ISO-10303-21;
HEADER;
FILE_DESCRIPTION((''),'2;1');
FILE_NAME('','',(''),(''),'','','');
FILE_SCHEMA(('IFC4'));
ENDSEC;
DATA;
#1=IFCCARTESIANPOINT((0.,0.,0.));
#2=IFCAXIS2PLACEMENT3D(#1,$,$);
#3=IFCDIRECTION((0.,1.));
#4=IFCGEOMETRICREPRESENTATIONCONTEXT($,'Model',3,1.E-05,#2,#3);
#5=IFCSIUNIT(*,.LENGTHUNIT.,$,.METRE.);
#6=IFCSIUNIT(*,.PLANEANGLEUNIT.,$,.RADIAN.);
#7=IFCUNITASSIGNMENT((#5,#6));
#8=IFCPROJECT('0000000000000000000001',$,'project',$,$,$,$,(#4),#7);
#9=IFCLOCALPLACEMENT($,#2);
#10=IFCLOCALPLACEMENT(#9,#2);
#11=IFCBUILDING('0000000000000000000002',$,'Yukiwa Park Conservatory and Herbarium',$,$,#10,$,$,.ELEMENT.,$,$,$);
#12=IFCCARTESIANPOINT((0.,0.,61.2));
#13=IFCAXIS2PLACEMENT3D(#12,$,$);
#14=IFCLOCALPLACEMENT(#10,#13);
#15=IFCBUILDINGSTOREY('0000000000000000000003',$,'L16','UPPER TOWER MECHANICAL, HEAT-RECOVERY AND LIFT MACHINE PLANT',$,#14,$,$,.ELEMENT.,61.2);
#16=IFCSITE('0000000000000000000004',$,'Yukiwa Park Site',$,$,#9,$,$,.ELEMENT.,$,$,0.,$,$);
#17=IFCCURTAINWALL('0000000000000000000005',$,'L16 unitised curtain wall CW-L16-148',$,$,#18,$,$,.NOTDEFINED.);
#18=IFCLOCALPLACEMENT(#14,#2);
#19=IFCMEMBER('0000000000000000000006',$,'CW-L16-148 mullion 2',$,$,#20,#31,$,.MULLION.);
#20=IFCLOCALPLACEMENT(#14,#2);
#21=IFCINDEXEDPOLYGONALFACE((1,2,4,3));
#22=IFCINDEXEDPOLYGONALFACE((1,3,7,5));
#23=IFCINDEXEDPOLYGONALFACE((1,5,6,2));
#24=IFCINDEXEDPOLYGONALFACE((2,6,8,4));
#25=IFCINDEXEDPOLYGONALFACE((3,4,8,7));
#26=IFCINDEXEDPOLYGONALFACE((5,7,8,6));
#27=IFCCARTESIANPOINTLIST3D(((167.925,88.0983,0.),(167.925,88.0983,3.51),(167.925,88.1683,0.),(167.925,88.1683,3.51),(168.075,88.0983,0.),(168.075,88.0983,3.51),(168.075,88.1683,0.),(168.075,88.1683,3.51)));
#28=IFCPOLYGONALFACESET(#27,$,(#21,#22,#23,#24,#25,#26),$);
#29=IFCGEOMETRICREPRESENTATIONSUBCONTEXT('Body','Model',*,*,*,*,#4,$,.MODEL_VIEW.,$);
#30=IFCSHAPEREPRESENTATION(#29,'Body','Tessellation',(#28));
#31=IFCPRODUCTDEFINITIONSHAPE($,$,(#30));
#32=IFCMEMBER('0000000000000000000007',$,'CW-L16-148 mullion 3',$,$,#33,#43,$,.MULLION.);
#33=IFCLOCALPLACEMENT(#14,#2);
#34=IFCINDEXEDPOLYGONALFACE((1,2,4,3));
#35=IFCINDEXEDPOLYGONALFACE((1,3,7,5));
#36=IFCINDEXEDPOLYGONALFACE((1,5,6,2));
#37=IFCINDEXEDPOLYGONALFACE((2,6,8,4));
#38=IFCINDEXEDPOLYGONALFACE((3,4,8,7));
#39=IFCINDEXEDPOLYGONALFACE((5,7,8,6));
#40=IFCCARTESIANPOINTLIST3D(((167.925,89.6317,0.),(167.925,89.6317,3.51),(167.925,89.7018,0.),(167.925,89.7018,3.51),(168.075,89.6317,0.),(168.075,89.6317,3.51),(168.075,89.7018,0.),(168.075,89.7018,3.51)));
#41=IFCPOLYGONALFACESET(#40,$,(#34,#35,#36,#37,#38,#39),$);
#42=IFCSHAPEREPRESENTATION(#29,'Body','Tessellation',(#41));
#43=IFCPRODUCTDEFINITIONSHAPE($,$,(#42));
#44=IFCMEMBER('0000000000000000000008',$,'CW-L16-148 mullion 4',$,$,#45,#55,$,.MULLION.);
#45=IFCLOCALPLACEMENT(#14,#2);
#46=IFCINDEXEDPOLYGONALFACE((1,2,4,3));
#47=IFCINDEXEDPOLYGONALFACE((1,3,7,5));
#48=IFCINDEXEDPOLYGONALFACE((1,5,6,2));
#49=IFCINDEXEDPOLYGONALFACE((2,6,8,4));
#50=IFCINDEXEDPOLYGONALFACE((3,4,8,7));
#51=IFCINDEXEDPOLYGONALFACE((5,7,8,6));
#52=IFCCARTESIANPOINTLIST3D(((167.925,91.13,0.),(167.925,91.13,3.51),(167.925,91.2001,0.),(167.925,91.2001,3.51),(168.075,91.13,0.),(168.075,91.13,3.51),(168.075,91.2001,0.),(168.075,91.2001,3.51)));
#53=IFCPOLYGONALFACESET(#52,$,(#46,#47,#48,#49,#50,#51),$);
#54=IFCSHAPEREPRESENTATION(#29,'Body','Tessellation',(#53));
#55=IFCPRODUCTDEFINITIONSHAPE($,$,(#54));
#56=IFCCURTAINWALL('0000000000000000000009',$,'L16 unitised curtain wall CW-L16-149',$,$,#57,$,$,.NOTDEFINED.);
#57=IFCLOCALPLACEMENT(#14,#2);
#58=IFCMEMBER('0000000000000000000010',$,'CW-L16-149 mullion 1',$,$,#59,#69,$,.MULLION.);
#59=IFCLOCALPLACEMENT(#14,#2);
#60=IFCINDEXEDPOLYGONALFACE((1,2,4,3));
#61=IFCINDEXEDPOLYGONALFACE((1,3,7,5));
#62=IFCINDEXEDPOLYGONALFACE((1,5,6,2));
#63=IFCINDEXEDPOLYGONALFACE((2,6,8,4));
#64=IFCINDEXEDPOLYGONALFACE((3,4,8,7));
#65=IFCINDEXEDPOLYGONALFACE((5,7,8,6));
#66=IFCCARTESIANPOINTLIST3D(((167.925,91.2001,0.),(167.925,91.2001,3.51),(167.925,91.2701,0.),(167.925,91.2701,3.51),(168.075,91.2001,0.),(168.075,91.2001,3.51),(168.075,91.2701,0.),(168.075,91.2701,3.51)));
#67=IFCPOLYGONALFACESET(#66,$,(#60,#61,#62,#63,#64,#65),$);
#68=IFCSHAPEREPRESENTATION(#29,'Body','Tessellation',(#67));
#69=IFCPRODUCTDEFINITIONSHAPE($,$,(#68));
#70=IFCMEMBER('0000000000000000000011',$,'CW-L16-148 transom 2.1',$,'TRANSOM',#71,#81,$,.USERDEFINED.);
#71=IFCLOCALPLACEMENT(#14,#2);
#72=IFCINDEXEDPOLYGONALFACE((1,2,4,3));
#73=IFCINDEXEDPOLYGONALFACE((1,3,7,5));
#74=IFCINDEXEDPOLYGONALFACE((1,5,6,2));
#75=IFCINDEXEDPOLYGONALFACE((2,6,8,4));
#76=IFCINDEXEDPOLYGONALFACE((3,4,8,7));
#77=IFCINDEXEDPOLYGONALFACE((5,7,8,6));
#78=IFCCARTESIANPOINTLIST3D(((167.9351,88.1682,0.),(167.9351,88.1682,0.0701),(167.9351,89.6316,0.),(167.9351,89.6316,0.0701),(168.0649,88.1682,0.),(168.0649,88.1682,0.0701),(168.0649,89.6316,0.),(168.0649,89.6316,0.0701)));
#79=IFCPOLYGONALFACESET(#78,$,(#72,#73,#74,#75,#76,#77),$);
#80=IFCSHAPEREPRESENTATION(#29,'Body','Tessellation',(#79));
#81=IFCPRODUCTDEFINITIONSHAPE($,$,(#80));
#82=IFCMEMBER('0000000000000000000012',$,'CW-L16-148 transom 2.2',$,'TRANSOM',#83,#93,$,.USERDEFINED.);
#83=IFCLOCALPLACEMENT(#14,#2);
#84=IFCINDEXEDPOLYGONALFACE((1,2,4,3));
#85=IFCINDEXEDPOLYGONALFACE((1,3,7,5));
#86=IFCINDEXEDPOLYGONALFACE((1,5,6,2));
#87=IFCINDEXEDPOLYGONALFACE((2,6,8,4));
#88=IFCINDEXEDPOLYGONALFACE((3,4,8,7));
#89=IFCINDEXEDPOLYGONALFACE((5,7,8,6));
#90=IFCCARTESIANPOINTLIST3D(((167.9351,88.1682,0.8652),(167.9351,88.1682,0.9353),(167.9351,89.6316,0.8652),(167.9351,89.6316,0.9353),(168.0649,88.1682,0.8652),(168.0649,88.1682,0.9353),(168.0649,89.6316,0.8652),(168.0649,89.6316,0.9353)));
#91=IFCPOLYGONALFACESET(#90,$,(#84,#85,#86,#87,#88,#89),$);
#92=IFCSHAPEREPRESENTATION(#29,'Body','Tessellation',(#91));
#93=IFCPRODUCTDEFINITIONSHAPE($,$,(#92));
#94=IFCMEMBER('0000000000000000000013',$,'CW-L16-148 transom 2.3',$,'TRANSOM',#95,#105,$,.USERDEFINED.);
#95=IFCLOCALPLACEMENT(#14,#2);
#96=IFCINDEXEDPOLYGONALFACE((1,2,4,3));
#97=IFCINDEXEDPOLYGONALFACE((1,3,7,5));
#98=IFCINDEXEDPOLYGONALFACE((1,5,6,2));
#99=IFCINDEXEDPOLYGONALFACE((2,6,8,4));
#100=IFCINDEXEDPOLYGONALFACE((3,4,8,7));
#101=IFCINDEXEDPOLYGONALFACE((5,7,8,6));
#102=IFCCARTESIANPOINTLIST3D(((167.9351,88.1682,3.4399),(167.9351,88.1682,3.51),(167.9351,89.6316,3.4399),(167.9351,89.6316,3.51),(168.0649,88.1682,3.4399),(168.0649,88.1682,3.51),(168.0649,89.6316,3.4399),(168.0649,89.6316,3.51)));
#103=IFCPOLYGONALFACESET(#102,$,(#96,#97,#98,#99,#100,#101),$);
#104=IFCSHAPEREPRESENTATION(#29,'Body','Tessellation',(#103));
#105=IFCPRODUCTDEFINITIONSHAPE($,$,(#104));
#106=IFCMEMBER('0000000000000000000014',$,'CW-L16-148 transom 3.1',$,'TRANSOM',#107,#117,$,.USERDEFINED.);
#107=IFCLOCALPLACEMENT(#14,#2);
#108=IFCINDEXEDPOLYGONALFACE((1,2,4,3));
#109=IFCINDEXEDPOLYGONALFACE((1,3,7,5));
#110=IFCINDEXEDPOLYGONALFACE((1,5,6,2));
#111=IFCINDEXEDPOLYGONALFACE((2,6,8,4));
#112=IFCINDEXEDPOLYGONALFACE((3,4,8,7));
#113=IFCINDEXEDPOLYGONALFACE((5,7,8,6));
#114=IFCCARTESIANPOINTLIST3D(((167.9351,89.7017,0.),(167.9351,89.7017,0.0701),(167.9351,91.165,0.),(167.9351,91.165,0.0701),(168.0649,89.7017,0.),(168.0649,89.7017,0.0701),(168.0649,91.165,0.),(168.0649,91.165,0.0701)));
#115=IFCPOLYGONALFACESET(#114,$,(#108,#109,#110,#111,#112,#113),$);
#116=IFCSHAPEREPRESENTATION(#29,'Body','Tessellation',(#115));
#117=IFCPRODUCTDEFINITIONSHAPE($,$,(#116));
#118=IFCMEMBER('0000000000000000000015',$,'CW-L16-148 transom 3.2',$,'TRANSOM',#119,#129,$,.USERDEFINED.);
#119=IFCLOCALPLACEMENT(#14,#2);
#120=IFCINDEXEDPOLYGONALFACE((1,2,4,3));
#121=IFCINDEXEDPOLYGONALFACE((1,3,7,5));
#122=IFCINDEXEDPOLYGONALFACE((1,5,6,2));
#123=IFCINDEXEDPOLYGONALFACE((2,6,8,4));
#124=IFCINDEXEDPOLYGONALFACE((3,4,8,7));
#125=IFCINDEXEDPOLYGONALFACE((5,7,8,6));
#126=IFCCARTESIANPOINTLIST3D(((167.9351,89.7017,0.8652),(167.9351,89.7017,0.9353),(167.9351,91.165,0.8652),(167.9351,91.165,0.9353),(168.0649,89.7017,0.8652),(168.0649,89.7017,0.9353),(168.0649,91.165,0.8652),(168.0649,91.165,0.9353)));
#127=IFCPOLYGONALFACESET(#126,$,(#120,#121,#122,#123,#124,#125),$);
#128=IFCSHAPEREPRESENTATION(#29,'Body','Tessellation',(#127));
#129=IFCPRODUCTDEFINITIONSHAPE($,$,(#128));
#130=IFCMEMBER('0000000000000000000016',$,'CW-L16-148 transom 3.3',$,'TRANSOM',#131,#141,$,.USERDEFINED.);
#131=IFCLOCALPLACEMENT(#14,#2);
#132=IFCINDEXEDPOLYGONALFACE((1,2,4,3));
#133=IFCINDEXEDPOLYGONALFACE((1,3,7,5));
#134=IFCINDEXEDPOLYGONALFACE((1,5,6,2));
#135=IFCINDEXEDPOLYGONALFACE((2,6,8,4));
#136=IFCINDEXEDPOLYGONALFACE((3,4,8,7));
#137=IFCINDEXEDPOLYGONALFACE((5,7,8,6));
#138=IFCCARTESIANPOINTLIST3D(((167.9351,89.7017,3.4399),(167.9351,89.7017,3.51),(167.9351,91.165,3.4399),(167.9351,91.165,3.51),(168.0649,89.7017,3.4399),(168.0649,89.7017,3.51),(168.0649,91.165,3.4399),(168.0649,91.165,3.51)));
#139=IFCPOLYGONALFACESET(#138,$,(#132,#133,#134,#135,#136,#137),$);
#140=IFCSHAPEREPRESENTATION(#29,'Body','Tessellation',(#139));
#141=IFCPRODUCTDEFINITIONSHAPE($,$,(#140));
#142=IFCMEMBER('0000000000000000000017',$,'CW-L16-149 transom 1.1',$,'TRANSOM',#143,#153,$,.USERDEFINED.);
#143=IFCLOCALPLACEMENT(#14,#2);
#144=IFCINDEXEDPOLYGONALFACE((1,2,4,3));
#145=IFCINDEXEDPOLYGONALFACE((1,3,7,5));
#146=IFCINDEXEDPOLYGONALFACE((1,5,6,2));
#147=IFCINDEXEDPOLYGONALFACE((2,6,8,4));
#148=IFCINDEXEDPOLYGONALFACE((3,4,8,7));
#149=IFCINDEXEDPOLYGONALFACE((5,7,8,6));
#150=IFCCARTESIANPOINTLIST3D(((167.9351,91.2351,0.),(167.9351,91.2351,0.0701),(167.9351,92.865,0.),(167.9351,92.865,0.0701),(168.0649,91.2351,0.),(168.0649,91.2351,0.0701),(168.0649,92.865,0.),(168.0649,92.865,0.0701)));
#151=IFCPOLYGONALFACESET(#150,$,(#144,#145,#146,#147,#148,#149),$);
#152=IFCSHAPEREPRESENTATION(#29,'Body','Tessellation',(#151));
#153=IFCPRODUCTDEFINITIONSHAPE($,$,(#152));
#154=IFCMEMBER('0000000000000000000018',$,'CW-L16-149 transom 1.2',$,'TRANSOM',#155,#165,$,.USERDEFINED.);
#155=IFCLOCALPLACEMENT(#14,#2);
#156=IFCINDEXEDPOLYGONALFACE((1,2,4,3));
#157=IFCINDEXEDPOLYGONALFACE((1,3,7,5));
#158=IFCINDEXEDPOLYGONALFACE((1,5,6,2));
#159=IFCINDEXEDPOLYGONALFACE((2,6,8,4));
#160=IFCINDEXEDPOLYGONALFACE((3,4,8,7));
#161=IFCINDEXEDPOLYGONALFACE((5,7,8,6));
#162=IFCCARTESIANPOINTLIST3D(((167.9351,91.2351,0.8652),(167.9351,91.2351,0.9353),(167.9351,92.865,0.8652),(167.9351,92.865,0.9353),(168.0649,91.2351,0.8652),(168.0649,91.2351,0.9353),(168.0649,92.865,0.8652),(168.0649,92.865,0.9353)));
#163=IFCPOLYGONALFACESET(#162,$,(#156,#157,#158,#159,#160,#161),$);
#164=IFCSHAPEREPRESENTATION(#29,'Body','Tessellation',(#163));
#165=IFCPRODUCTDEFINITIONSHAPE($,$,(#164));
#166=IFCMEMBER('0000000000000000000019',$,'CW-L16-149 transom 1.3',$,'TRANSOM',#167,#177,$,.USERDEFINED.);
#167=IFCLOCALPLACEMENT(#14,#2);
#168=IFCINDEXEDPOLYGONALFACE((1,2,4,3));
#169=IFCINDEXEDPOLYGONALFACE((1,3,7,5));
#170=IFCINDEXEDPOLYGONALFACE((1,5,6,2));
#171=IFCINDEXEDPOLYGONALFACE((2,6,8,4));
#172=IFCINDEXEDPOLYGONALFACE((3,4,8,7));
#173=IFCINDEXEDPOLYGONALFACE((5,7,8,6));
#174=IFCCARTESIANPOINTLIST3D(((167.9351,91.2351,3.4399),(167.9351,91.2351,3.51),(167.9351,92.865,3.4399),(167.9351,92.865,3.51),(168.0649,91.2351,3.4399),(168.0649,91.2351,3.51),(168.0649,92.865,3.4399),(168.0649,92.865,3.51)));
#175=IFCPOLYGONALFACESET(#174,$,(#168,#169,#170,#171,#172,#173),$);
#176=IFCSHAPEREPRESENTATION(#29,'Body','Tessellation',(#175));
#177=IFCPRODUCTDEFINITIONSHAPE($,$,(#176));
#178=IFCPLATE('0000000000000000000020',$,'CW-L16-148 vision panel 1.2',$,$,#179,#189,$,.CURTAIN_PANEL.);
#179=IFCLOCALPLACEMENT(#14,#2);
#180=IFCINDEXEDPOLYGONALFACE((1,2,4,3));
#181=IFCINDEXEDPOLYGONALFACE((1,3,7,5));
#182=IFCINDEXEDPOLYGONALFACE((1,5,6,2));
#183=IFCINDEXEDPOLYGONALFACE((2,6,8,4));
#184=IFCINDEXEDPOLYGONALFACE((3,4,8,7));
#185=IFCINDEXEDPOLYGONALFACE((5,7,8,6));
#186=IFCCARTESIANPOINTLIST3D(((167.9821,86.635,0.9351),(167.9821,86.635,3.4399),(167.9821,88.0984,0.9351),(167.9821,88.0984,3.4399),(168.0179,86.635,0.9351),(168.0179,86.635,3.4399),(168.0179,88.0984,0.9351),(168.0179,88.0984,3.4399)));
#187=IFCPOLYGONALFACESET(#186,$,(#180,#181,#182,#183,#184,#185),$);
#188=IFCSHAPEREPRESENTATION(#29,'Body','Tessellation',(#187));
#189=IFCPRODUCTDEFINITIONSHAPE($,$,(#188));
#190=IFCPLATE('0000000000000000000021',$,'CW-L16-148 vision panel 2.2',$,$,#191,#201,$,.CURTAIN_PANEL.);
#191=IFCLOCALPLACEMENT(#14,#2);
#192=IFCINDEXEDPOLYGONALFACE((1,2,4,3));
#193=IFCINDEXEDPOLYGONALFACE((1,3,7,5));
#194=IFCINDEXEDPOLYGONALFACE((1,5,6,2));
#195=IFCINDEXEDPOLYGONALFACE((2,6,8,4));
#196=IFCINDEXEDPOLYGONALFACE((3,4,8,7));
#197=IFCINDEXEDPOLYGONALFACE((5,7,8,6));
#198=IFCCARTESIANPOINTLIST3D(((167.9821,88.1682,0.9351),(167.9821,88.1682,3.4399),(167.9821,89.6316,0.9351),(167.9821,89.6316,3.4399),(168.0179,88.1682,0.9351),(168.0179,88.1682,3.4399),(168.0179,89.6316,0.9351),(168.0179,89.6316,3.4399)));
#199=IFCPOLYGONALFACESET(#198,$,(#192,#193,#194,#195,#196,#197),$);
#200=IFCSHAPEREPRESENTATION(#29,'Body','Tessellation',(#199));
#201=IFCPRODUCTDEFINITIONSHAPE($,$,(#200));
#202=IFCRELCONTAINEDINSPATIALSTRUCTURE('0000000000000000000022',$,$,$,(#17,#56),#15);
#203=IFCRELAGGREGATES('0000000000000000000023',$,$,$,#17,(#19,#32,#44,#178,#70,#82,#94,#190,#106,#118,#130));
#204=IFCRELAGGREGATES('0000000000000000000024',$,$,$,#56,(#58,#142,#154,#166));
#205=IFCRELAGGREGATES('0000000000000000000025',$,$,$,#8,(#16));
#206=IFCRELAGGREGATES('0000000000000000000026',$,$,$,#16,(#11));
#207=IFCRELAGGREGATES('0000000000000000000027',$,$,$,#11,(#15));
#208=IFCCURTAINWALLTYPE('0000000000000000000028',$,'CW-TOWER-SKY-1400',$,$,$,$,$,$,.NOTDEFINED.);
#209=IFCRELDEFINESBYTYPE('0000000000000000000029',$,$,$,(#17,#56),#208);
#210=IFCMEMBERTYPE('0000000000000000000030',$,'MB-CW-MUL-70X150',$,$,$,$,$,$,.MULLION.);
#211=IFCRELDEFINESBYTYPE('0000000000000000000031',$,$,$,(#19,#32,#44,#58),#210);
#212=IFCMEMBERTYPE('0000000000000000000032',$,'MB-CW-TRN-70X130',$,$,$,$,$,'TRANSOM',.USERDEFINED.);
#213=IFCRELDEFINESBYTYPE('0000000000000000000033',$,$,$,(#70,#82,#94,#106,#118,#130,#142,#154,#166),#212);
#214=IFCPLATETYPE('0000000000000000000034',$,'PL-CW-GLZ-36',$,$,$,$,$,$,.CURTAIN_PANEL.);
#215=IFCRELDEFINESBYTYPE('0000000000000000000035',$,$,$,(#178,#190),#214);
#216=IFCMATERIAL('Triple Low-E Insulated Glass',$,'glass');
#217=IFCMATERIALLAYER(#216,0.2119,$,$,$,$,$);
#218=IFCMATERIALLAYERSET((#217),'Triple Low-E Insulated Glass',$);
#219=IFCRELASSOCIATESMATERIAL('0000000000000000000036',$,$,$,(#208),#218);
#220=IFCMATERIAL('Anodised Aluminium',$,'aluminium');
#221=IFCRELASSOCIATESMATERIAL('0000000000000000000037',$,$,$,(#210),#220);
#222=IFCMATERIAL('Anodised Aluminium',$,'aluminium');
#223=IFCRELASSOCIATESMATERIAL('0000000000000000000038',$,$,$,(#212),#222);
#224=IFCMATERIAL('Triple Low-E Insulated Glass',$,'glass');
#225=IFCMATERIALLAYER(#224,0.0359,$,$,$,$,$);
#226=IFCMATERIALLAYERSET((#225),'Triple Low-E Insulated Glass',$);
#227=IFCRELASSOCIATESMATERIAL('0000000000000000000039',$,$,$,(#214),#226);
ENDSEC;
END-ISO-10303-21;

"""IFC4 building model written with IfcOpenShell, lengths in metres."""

from ifc_helpers import new_model, si_unit, direction, frame, origin, origin_2d, place, context, subcontext, project, spatial, rectangle, extrude, material, layer, layer_set, type_object, element, aggregate, save


model = new_model("IFC4")

# Units and contexts
model_context = context("Model", 3, precision=1e-05, world=origin(), true_north=direction((0.0, 1.0)))
body_context = subcontext(model_context, "Body", "Model", "MODEL_VIEW")
ifc_project = project(units=[si_unit("LENGTHUNIT", "METRE"), si_unit("PLANEANGLEUNIT", "RADIAN")], contexts=[model_context])

# Site, building, storey
site_placement = place(None, origin())
site = spatial("IfcSite", under=ifc_project, at=site_placement, Name="Yukiwa Park Site", CompositionType="ELEMENT", RefElevation=0.0)
building_placement = place(site_placement, origin())
building = spatial("IfcBuilding", under=site, at=building_placement, Name="Yukiwa Park Conservatory and Herbarium", CompositionType="ELEMENT")
storey_placement = place(building_placement, frame((0.0, 0.0, 61.2)))
storey = spatial("IfcBuildingStorey", under=building, at=storey_placement, Name="L16", Description="UPPER TOWER MECHANICAL, HEAT-RECOVERY AND LIFT MACHINE PLANT", CompositionType="ELEMENT", Elevation=61.2)

# Curtain wall, members
ifc_material_1 = material(Name="Triple Low-E Insulated Glass", Category="glass")
ifc_layer_1 = layer(ifc_material_1, 0.2119)
ifc_layer_set_1 = layer_set([ifc_layer_1], Name="Triple Low-E Insulated Glass")
curtain_wall_type = type_object("IfcCurtainWallType", Name="CW-TOWER-SKY-1400", PredefinedType="NOTDEFINED", material=ifc_layer_set_1)
curtain_wall_1_placement = place(storey_placement, origin())
curtain_wall_1 = element("IfcCurtainWall", 1, at=curtain_wall_1_placement, inside=storey, type_object=curtain_wall_type, Name="L16 unitised curtain wall CW-L16-148", PredefinedType="NOTDEFINED")
ifc_material_2 = material(Name="Anodised Aluminium", Category="aluminium")
member_type_1 = type_object("IfcMemberType", Name="MB-CW-MUL-70X150", PredefinedType="MULLION", material=ifc_material_2)
member_1_placement = place(storey_placement, frame((168.0, 88.1333, 0.0), z_axis=(0.0, 0.0, 1.0), x_axis=(0.0, 1.0, 0.0)))
member_1 = element("IfcMember", 2, at=member_1_placement, type_object=member_type_1, Name="CW-L16-148 mullion 2", PredefinedType="MULLION", context=body_context, shape_type="SweptSolid", body=[
    extrude(rectangle(XDim=0.0701, YDim=0.1499, at=origin_2d()), origin(), (0.0, 0.0, 1.0), 3.51),
])
member_2_placement = place(storey_placement, frame((168.0, 89.6667, 0.0), z_axis=(0.0, 0.0, 1.0), x_axis=(0.0, 1.0, 0.0)))
member_2 = element("IfcMember", 3, at=member_2_placement, type_object=member_type_1, Name="CW-L16-148 mullion 3", PredefinedType="MULLION", context=body_context, shape_type="SweptSolid", body=[
    extrude(rectangle(XDim=0.0701, YDim=0.1499, at=origin_2d()), origin(), (0.0, 0.0, 1.0), 3.51),
])
member_3_placement = place(storey_placement, frame((168.0, 91.165, 0.0), z_axis=(0.0, 0.0, 1.0), x_axis=(0.0, 1.0, 0.0)))
member_3 = element("IfcMember", 4, at=member_3_placement, type_object=member_type_1, Name="CW-L16-148 mullion 4", PredefinedType="MULLION", context=body_context, shape_type="SweptSolid", body=[
    extrude(rectangle(XDim=0.0701, YDim=0.1499, at=origin_2d()), origin(), (0.0, 0.0, 1.0), 3.51),
])

# Curtain wall, member
curtain_wall_2_placement = place(storey_placement, origin())
curtain_wall_2 = element("IfcCurtainWall", 5, at=curtain_wall_2_placement, inside=storey, type_object=curtain_wall_type, Name="L16 unitised curtain wall CW-L16-149", PredefinedType="NOTDEFINED")
member_4_placement = place(storey_placement, frame((168.0, 91.2351, 0.0), z_axis=(0.0, 0.0, 1.0), x_axis=(0.0, 1.0, 0.0)))
member_4 = element("IfcMember", 6, at=member_4_placement, type_object=member_type_1, Name="CW-L16-149 mullion 1", PredefinedType="MULLION", context=body_context, shape_type="SweptSolid", body=[
    extrude(rectangle(XDim=0.0701, YDim=0.1499, at=origin_2d()), origin(), (0.0, 0.0, 1.0), 3.51),
])

# Members
ifc_material_3 = material(Name="Anodised Aluminium", Category="aluminium")
member_type_2 = type_object("IfcMemberType", Name="MB-CW-TRN-70X130", ElementType="TRANSOM", PredefinedType="USERDEFINED", material=ifc_material_3)
member_5_placement = place(storey_placement, frame((168.0, 88.8999, 0.0), z_axis=(0.0, 0.0, 1.0), x_axis=(0.0, 1.0, 0.0)))
member_5 = element("IfcMember", 7, at=member_5_placement, type_object=member_type_2, Name="CW-L16-148 transom 2.1", ObjectType="TRANSOM", PredefinedType="USERDEFINED", context=body_context, shape_type="SweptSolid", body=[
    extrude(rectangle(XDim=1.4634, YDim=0.1299, at=origin_2d()), origin(), (0.0, 0.0, 1.0), 0.0701),
])
member_6_placement = place(storey_placement, frame((168.0, 88.8999, 0.8652), z_axis=(0.0, 0.0, 1.0), x_axis=(0.0, 1.0, 0.0)))
member_6 = element("IfcMember", 8, at=member_6_placement, type_object=member_type_2, Name="CW-L16-148 transom 2.2", ObjectType="TRANSOM", PredefinedType="USERDEFINED", context=body_context, shape_type="SweptSolid", body=[
    extrude(rectangle(XDim=1.4634, YDim=0.1299, at=origin_2d()), origin(), (0.0, 0.0, 1.0), 0.0701),
])
member_7_placement = place(storey_placement, frame((168.0, 88.8999, 3.4399), z_axis=(0.0, 0.0, 1.0), x_axis=(0.0, 1.0, 0.0)))
member_7 = element("IfcMember", 9, at=member_7_placement, type_object=member_type_2, Name="CW-L16-148 transom 2.3", ObjectType="TRANSOM", PredefinedType="USERDEFINED", context=body_context, shape_type="SweptSolid", body=[
    extrude(rectangle(XDim=1.4634, YDim=0.1299, at=origin_2d()), origin(), (0.0, 0.0, 1.0), 0.0701),
])
member_8_placement = place(storey_placement, frame((168.0, 90.4333, 0.0), z_axis=(0.0, 0.0, 1.0), x_axis=(0.0, 1.0, 0.0)))
member_8 = element("IfcMember", 10, at=member_8_placement, type_object=member_type_2, Name="CW-L16-148 transom 3.1", ObjectType="TRANSOM", PredefinedType="USERDEFINED", context=body_context, shape_type="SweptSolid", body=[
    extrude(rectangle(XDim=1.4634, YDim=0.1299, at=origin_2d()), origin(), (0.0, 0.0, 1.0), 0.0701),
])
member_9_placement = place(storey_placement, frame((168.0, 90.4333, 0.8652), z_axis=(0.0, 0.0, 1.0), x_axis=(0.0, 1.0, 0.0)))
member_9 = element("IfcMember", 11, at=member_9_placement, type_object=member_type_2, Name="CW-L16-148 transom 3.2", ObjectType="TRANSOM", PredefinedType="USERDEFINED", context=body_context, shape_type="SweptSolid", body=[
    extrude(rectangle(XDim=1.4634, YDim=0.1299, at=origin_2d()), origin(), (0.0, 0.0, 1.0), 0.0701),
])
member_10_placement = place(storey_placement, frame((168.0, 90.4333, 3.4399), z_axis=(0.0, 0.0, 1.0), x_axis=(0.0, 1.0, 0.0)))
member_10 = element("IfcMember", 12, at=member_10_placement, type_object=member_type_2, Name="CW-L16-148 transom 3.3", ObjectType="TRANSOM", PredefinedType="USERDEFINED", context=body_context, shape_type="SweptSolid", body=[
    extrude(rectangle(XDim=1.4634, YDim=0.1299, at=origin_2d()), origin(), (0.0, 0.0, 1.0), 0.0701),
])
member_11_placement = place(storey_placement, frame((168.0, 92.05, 0.0), z_axis=(0.0, 0.0, 1.0), x_axis=(0.0, 1.0, 0.0)))
member_11 = element("IfcMember", 13, at=member_11_placement, type_object=member_type_2, Name="CW-L16-149 transom 1.1", ObjectType="TRANSOM", PredefinedType="USERDEFINED", context=body_context, shape_type="SweptSolid", body=[
    extrude(rectangle(XDim=1.6299, YDim=0.1299, at=origin_2d()), origin(), (0.0, 0.0, 1.0), 0.0701),
])
member_12_placement = place(storey_placement, frame((168.0, 92.05, 0.8652), z_axis=(0.0, 0.0, 1.0), x_axis=(0.0, 1.0, 0.0)))
member_12 = element("IfcMember", 14, at=member_12_placement, type_object=member_type_2, Name="CW-L16-149 transom 1.2", ObjectType="TRANSOM", PredefinedType="USERDEFINED", context=body_context, shape_type="SweptSolid", body=[
    extrude(rectangle(XDim=1.6299, YDim=0.1299, at=origin_2d()), origin(), (0.0, 0.0, 1.0), 0.0701),
])
member_13_placement = place(storey_placement, frame((168.0, 92.05, 3.4399), z_axis=(0.0, 0.0, 1.0), x_axis=(0.0, 1.0, 0.0)))
member_13 = element("IfcMember", 15, at=member_13_placement, type_object=member_type_2, Name="CW-L16-149 transom 1.3", ObjectType="TRANSOM", PredefinedType="USERDEFINED", context=body_context, shape_type="SweptSolid", body=[
    extrude(rectangle(XDim=1.6299, YDim=0.1299, at=origin_2d()), origin(), (0.0, 0.0, 1.0), 0.0701),
])

# Plates
ifc_material_4 = material(Name="Triple Low-E Insulated Glass", Category="glass")
ifc_layer_2 = layer(ifc_material_4, 0.0359)
ifc_layer_set_2 = layer_set([ifc_layer_2], Name="Triple Low-E Insulated Glass")
plate_type_1 = type_object("IfcPlateType", Name="PL-CW-GLZ-36", PredefinedType="CURTAIN_PANEL", material=ifc_layer_set_2)
plate_1_placement = place(storey_placement, frame((168.0, 87.3667, 0.9351), z_axis=(0.0, 0.0, 1.0), x_axis=(0.0, 1.0, 0.0)))
plate_1 = element("IfcPlate", 16, at=plate_1_placement, type_object=plate_type_1, Name="CW-L16-148 vision panel 1.2", PredefinedType="CURTAIN_PANEL", context=body_context, shape_type="SweptSolid", body=[
    extrude(rectangle(XDim=1.4634, YDim=0.0359, at=origin_2d()), origin(), (0.0, 0.0, 1.0), 2.5049),
])
plate_2_placement = place(storey_placement, frame((168.0, 88.8999, 0.9351), z_axis=(0.0, 0.0, 1.0), x_axis=(0.0, 1.0, 0.0)))
plate_2 = element("IfcPlate", 17, at=plate_2_placement, type_object=plate_type_1, Name="CW-L16-148 vision panel 2.2", PredefinedType="CURTAIN_PANEL", context=body_context, shape_type="SweptSolid", body=[
    extrude(rectangle(XDim=1.4634, YDim=0.0359, at=origin_2d()), origin(), (0.0, 0.0, 1.0), 2.5049),
])
aggregate(curtain_wall_1, [member_1, member_2, member_3, plate_1, member_5, member_6, member_7, plate_2, member_8, member_9, member_10])
aggregate(curtain_wall_2, [member_4, member_11, member_12, member_13])

save(model, "model.ifc")
